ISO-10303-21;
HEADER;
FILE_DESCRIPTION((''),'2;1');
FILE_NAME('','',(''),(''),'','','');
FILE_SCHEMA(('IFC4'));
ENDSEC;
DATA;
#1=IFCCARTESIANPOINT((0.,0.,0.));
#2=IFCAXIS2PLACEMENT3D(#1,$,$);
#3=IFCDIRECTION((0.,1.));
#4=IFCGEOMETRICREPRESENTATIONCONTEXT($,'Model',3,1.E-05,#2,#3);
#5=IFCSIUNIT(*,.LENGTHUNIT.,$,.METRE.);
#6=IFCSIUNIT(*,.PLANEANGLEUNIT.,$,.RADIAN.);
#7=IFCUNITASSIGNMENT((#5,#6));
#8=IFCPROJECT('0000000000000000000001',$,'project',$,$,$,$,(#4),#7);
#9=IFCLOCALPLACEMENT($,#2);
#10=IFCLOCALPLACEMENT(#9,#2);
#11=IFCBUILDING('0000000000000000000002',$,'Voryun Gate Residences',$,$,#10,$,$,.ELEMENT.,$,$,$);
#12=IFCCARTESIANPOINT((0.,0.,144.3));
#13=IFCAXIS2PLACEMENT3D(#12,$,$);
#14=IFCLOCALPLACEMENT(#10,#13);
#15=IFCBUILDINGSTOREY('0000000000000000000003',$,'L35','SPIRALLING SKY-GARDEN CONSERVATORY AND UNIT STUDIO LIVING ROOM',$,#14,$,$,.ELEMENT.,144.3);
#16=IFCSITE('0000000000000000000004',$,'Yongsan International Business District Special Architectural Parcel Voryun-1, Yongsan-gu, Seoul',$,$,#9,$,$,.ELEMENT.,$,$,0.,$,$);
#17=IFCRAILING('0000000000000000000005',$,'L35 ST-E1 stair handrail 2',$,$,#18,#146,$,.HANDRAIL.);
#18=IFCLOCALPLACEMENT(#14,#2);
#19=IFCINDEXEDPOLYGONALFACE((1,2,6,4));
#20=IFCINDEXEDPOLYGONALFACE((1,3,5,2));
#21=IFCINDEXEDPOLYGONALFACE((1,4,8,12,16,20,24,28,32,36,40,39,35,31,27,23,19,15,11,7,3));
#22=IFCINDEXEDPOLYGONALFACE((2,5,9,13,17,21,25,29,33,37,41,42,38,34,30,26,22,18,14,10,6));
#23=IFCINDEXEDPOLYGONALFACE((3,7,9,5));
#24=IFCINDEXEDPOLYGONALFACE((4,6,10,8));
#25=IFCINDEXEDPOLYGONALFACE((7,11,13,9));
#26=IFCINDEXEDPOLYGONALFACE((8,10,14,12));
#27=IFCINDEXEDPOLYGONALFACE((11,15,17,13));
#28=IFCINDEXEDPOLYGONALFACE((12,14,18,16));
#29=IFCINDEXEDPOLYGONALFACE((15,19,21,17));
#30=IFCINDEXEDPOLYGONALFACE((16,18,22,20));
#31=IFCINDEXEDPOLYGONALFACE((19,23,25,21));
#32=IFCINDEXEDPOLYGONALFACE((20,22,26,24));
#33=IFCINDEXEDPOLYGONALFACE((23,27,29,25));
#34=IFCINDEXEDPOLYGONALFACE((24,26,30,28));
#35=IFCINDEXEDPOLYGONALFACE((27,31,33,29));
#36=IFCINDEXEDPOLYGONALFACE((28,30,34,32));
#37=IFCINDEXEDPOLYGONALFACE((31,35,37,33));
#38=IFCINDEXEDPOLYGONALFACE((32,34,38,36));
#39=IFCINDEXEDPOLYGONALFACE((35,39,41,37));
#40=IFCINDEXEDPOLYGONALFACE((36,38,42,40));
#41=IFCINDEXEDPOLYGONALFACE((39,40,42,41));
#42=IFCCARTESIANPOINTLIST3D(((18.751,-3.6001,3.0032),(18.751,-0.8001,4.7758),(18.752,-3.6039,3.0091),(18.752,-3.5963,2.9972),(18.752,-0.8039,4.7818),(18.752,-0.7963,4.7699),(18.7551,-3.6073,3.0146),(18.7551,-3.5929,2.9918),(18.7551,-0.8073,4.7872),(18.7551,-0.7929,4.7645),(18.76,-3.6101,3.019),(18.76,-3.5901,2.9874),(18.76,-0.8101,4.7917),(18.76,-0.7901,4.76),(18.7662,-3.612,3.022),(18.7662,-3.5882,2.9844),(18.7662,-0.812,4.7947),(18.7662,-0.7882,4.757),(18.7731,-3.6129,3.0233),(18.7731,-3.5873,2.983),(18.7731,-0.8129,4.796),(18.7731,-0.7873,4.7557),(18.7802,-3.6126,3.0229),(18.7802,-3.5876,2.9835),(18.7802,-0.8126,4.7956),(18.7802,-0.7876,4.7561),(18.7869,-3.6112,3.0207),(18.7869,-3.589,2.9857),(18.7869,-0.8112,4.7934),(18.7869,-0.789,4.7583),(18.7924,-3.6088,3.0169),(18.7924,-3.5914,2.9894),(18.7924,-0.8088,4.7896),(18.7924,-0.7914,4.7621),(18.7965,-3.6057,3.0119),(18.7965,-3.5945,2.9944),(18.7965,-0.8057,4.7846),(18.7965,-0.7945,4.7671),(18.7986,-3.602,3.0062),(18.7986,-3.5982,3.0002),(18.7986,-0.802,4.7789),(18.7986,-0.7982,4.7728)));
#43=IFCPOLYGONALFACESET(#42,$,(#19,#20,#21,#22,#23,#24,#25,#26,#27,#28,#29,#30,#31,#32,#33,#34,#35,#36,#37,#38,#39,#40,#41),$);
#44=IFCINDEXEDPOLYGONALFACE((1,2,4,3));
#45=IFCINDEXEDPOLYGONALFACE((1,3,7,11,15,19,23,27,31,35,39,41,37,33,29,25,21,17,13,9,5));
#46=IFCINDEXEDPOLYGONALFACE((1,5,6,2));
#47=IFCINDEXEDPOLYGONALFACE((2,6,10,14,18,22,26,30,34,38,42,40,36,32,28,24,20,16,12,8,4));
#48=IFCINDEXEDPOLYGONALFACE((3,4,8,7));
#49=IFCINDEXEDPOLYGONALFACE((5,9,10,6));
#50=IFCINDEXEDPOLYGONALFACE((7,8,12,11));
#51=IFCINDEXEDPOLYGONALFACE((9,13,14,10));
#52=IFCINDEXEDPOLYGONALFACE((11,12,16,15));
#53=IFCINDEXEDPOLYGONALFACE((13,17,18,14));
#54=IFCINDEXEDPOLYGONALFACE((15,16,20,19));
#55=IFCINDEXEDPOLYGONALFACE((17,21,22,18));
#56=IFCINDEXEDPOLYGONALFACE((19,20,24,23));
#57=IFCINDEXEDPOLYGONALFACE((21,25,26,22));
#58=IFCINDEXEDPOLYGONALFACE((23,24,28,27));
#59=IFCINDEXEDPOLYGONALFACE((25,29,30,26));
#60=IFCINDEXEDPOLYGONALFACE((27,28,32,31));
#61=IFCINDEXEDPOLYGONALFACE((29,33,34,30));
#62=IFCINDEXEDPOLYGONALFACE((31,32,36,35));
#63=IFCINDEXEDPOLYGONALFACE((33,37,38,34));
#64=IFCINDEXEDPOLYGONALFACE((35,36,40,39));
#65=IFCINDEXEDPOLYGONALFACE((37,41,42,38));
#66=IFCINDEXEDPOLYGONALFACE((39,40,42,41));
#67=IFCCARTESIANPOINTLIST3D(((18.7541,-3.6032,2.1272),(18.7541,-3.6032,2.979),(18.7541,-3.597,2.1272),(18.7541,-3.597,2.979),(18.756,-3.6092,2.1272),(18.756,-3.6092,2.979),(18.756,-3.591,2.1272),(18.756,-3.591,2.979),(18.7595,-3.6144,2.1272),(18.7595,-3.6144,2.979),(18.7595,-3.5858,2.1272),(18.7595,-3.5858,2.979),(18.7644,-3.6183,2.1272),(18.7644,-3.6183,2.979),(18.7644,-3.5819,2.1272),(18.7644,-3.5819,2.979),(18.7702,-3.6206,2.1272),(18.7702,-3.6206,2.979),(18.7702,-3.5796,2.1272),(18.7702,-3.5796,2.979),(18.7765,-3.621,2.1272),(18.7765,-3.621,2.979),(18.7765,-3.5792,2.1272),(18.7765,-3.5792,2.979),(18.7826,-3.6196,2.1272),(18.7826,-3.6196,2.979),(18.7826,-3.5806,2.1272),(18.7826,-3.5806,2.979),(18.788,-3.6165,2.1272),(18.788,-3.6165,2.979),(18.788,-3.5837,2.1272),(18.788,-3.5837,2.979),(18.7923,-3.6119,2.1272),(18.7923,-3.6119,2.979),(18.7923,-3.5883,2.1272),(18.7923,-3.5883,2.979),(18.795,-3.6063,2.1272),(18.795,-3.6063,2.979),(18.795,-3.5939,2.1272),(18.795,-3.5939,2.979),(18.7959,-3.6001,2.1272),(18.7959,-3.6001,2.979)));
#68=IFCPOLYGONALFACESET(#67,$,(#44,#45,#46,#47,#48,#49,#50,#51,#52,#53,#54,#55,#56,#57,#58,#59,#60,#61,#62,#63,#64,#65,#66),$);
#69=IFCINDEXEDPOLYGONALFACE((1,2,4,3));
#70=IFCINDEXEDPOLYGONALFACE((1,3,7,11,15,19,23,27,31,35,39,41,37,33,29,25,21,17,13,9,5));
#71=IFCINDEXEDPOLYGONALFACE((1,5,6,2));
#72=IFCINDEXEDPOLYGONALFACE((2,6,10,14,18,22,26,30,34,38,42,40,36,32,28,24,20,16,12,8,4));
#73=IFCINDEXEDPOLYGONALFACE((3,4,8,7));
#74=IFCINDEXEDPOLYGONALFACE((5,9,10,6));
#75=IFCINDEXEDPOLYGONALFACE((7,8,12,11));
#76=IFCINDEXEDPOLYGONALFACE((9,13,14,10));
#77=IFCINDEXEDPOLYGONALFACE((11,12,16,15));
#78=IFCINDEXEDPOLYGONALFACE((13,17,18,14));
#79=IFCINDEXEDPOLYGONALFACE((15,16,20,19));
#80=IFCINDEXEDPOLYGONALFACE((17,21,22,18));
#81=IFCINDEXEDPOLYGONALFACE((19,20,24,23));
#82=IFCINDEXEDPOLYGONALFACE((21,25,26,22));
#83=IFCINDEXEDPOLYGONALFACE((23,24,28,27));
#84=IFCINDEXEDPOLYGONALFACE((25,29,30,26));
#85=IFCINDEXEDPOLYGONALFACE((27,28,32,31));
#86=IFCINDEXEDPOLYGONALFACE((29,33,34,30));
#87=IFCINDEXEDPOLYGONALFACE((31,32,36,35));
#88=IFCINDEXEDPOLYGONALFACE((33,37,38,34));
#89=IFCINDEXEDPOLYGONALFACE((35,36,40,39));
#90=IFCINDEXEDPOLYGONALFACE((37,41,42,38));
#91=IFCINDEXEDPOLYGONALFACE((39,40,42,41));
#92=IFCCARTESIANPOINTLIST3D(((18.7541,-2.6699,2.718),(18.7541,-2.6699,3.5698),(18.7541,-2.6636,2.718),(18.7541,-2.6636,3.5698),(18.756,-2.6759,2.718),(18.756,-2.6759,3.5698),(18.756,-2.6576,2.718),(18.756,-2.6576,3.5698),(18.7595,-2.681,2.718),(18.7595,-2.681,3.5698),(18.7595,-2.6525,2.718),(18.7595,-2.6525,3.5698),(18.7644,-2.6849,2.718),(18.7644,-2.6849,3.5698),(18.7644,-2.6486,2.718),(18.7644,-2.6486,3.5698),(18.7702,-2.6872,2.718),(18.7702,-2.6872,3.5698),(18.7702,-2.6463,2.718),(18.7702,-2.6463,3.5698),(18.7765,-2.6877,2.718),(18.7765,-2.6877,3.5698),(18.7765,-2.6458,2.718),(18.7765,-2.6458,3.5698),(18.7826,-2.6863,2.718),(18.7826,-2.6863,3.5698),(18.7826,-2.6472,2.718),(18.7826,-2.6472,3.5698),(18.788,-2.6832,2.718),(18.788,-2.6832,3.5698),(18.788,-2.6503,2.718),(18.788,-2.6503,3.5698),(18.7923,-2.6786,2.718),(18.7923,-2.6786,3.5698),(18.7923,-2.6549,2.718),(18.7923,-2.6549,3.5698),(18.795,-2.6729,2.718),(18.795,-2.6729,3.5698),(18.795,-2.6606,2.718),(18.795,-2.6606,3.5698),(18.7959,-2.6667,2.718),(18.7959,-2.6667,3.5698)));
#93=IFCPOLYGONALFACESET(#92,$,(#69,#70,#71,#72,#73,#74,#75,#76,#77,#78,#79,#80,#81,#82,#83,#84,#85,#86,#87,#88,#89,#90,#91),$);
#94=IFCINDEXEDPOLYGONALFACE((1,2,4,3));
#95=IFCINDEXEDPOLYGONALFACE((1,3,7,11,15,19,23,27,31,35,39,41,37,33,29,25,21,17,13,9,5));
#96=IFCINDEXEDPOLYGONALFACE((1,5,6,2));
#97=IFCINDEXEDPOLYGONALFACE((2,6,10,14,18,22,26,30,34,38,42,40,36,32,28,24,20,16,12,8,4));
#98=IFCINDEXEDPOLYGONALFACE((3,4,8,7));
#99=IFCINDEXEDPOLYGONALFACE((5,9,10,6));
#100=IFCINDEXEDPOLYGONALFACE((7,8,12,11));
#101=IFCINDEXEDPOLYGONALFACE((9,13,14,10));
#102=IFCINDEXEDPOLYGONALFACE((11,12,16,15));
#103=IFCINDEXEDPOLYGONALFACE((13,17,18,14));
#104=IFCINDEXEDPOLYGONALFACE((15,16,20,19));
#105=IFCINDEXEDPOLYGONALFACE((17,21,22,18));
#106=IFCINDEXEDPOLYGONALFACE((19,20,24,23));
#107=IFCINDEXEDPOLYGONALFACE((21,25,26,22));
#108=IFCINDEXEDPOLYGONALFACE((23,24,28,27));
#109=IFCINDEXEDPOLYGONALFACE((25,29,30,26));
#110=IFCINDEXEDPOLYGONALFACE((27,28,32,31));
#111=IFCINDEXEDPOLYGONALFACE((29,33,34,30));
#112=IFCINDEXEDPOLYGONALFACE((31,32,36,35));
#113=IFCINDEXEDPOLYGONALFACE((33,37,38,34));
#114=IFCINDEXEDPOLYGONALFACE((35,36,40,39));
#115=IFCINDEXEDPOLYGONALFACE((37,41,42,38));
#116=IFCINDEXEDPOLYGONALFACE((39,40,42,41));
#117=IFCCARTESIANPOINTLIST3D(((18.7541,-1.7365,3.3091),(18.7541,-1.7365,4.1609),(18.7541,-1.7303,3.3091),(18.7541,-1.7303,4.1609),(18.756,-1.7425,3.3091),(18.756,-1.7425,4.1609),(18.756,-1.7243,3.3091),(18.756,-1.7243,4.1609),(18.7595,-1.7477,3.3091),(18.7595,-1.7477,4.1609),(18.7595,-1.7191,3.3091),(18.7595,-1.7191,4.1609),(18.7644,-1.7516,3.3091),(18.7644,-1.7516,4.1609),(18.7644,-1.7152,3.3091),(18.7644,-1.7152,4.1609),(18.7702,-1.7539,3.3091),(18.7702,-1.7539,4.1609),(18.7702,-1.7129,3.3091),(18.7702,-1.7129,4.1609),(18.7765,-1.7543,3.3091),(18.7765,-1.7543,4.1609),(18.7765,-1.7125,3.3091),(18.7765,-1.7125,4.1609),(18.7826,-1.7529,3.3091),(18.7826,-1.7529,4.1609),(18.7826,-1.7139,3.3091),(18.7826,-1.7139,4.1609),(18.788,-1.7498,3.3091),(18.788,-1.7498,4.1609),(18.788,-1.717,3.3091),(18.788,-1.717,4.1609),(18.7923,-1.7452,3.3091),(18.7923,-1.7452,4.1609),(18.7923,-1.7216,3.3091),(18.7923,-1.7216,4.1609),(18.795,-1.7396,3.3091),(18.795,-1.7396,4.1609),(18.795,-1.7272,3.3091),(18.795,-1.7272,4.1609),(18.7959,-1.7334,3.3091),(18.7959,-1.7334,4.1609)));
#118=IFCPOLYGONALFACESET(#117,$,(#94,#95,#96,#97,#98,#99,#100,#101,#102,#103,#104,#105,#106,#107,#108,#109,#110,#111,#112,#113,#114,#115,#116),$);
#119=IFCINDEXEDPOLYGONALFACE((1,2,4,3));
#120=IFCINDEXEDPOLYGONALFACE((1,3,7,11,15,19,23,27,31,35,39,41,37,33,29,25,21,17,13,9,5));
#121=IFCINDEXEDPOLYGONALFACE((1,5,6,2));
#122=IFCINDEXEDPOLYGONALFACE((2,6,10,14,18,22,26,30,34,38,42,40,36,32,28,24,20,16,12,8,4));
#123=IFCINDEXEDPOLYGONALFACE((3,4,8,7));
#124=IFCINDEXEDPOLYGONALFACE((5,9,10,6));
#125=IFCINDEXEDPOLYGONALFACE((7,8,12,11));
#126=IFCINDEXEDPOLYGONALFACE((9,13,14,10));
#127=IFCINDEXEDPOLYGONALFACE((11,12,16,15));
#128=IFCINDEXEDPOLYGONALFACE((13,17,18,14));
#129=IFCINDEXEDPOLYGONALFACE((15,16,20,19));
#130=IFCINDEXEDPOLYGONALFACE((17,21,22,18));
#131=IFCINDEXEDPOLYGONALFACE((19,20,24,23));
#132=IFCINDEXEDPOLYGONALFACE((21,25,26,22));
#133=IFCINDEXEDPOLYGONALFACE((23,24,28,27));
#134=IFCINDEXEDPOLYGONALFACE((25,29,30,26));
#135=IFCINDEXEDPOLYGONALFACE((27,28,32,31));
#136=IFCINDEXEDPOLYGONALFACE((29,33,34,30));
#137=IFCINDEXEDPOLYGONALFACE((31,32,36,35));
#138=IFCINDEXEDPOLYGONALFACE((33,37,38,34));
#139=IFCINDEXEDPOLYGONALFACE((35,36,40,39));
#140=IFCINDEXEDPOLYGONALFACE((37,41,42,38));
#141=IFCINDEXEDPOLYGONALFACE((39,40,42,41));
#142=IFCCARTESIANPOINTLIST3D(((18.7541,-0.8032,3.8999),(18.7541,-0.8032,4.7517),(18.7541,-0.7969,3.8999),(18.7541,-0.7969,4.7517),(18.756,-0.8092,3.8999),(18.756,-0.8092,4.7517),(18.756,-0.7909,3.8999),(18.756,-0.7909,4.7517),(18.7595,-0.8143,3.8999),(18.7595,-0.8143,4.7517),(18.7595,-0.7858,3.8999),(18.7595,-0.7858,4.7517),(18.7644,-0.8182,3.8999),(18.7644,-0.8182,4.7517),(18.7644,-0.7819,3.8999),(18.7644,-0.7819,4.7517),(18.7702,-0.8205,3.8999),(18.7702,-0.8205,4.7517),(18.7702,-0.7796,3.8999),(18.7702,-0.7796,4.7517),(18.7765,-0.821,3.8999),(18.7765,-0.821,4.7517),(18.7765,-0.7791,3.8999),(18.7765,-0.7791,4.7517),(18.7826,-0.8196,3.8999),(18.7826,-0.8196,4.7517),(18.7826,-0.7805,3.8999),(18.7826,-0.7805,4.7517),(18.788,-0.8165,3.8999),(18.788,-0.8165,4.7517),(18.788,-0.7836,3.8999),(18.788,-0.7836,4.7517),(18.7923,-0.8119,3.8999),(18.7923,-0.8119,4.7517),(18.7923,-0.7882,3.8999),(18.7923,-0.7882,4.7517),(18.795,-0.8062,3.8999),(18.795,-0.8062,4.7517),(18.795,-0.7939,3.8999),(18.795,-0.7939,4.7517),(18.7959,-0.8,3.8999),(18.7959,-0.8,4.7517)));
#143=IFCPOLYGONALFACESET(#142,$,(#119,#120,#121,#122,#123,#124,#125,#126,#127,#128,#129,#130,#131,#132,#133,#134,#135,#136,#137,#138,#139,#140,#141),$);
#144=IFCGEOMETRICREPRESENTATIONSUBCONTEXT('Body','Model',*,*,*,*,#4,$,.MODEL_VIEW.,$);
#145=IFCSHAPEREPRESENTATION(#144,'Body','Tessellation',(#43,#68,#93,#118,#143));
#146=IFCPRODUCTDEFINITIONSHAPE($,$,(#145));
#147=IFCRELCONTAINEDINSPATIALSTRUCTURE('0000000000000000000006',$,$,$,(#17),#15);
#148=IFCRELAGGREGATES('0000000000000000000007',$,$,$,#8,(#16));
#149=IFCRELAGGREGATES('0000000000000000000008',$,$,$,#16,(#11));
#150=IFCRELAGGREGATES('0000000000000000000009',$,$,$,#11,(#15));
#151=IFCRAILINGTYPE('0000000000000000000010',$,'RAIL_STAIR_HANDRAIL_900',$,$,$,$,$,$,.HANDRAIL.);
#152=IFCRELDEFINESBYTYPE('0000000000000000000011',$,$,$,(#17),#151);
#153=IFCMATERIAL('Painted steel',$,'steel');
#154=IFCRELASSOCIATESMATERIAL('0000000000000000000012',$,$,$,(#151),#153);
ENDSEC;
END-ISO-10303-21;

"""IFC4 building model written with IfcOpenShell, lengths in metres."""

from ifc_helpers import new_model, si_unit, direction, frame, origin, origin_2d, place, context, subcontext, project, spatial, circle, extrude, material, type_object, element, save


model = new_model("IFC4")

# Units and contexts
model_context = context("Model", 3, precision=1e-05, world=origin(), true_north=direction((0.0, 1.0)))
body_context = subcontext(model_context, "Body", "Model", "MODEL_VIEW")
ifc_project = project(units=[si_unit("LENGTHUNIT", "METRE"), si_unit("PLANEANGLEUNIT", "RADIAN")], contexts=[model_context])

# Site, building, storey
site_placement = place(None, origin())
site = spatial("IfcSite", under=ifc_project, at=site_placement, Name="Yongsan International Business District Special Architectural Parcel Voryun-1, Yongsan-gu, Seoul", CompositionType="ELEMENT", RefElevation=0.0)
building_placement = place(site_placement, origin())
building = spatial("IfcBuilding", under=site, at=building_placement, Name="Voryun Gate Residences", CompositionType="ELEMENT")
storey_placement = place(building_placement, frame((0.0, 0.0, 144.3)))
storey = spatial("IfcBuildingStorey", under=building, at=storey_placement, Name="L35", Description="SPIRALLING SKY-GARDEN CONSERVATORY AND UNIT STUDIO LIVING ROOM", CompositionType="ELEMENT", Elevation=144.3)

# Railing
ifc_material_1 = material(Name="Painted steel", Category="steel")
railing_type_1 = type_object("IfcRailingType", Name="RAIL_STAIR_HANDRAIL_900", PredefinedType="HANDRAIL", material=ifc_material_1)
railing_1_placement = place(storey_placement, frame((18.7749, -3.6001, 2.1272)))
element("IfcRailing", 1, at=railing_1_placement, inside=storey, type_object=railing_type_1, Name="L35 ST-E1 stair handrail 2", PredefinedType="HANDRAIL", context=body_context, shape_type="SweptSolid", body=[
    extrude(circle(Radius=0.0239, at=origin_2d()), frame((0.0, 0.0, 0.876), z_axis=(0.0, 0.844909, 0.53491), x_axis=(-1.0, 0.0, 0.0)), (0.0, 0.0, 1.0), 3.314),
    extrude(circle(Radius=0.021, at=origin_2d()), origin(), (0.0, 0.0, 1.0), 0.8518),
    extrude(circle(Radius=0.021, at=origin_2d()), frame((0.0, 0.9333, 0.5908)), (0.0, 0.0, 1.0), 0.8518),
    extrude(circle(Radius=0.021, at=origin_2d()), frame((0.0, 1.8667, 1.1819)), (0.0, 0.0, 1.0), 0.8518),
    extrude(circle(Radius=0.021, at=origin_2d()), frame((0.0, 2.8, 1.7727)), (0.0, 0.0, 1.0), 0.8518),
])

save(model, "model.ifc")
